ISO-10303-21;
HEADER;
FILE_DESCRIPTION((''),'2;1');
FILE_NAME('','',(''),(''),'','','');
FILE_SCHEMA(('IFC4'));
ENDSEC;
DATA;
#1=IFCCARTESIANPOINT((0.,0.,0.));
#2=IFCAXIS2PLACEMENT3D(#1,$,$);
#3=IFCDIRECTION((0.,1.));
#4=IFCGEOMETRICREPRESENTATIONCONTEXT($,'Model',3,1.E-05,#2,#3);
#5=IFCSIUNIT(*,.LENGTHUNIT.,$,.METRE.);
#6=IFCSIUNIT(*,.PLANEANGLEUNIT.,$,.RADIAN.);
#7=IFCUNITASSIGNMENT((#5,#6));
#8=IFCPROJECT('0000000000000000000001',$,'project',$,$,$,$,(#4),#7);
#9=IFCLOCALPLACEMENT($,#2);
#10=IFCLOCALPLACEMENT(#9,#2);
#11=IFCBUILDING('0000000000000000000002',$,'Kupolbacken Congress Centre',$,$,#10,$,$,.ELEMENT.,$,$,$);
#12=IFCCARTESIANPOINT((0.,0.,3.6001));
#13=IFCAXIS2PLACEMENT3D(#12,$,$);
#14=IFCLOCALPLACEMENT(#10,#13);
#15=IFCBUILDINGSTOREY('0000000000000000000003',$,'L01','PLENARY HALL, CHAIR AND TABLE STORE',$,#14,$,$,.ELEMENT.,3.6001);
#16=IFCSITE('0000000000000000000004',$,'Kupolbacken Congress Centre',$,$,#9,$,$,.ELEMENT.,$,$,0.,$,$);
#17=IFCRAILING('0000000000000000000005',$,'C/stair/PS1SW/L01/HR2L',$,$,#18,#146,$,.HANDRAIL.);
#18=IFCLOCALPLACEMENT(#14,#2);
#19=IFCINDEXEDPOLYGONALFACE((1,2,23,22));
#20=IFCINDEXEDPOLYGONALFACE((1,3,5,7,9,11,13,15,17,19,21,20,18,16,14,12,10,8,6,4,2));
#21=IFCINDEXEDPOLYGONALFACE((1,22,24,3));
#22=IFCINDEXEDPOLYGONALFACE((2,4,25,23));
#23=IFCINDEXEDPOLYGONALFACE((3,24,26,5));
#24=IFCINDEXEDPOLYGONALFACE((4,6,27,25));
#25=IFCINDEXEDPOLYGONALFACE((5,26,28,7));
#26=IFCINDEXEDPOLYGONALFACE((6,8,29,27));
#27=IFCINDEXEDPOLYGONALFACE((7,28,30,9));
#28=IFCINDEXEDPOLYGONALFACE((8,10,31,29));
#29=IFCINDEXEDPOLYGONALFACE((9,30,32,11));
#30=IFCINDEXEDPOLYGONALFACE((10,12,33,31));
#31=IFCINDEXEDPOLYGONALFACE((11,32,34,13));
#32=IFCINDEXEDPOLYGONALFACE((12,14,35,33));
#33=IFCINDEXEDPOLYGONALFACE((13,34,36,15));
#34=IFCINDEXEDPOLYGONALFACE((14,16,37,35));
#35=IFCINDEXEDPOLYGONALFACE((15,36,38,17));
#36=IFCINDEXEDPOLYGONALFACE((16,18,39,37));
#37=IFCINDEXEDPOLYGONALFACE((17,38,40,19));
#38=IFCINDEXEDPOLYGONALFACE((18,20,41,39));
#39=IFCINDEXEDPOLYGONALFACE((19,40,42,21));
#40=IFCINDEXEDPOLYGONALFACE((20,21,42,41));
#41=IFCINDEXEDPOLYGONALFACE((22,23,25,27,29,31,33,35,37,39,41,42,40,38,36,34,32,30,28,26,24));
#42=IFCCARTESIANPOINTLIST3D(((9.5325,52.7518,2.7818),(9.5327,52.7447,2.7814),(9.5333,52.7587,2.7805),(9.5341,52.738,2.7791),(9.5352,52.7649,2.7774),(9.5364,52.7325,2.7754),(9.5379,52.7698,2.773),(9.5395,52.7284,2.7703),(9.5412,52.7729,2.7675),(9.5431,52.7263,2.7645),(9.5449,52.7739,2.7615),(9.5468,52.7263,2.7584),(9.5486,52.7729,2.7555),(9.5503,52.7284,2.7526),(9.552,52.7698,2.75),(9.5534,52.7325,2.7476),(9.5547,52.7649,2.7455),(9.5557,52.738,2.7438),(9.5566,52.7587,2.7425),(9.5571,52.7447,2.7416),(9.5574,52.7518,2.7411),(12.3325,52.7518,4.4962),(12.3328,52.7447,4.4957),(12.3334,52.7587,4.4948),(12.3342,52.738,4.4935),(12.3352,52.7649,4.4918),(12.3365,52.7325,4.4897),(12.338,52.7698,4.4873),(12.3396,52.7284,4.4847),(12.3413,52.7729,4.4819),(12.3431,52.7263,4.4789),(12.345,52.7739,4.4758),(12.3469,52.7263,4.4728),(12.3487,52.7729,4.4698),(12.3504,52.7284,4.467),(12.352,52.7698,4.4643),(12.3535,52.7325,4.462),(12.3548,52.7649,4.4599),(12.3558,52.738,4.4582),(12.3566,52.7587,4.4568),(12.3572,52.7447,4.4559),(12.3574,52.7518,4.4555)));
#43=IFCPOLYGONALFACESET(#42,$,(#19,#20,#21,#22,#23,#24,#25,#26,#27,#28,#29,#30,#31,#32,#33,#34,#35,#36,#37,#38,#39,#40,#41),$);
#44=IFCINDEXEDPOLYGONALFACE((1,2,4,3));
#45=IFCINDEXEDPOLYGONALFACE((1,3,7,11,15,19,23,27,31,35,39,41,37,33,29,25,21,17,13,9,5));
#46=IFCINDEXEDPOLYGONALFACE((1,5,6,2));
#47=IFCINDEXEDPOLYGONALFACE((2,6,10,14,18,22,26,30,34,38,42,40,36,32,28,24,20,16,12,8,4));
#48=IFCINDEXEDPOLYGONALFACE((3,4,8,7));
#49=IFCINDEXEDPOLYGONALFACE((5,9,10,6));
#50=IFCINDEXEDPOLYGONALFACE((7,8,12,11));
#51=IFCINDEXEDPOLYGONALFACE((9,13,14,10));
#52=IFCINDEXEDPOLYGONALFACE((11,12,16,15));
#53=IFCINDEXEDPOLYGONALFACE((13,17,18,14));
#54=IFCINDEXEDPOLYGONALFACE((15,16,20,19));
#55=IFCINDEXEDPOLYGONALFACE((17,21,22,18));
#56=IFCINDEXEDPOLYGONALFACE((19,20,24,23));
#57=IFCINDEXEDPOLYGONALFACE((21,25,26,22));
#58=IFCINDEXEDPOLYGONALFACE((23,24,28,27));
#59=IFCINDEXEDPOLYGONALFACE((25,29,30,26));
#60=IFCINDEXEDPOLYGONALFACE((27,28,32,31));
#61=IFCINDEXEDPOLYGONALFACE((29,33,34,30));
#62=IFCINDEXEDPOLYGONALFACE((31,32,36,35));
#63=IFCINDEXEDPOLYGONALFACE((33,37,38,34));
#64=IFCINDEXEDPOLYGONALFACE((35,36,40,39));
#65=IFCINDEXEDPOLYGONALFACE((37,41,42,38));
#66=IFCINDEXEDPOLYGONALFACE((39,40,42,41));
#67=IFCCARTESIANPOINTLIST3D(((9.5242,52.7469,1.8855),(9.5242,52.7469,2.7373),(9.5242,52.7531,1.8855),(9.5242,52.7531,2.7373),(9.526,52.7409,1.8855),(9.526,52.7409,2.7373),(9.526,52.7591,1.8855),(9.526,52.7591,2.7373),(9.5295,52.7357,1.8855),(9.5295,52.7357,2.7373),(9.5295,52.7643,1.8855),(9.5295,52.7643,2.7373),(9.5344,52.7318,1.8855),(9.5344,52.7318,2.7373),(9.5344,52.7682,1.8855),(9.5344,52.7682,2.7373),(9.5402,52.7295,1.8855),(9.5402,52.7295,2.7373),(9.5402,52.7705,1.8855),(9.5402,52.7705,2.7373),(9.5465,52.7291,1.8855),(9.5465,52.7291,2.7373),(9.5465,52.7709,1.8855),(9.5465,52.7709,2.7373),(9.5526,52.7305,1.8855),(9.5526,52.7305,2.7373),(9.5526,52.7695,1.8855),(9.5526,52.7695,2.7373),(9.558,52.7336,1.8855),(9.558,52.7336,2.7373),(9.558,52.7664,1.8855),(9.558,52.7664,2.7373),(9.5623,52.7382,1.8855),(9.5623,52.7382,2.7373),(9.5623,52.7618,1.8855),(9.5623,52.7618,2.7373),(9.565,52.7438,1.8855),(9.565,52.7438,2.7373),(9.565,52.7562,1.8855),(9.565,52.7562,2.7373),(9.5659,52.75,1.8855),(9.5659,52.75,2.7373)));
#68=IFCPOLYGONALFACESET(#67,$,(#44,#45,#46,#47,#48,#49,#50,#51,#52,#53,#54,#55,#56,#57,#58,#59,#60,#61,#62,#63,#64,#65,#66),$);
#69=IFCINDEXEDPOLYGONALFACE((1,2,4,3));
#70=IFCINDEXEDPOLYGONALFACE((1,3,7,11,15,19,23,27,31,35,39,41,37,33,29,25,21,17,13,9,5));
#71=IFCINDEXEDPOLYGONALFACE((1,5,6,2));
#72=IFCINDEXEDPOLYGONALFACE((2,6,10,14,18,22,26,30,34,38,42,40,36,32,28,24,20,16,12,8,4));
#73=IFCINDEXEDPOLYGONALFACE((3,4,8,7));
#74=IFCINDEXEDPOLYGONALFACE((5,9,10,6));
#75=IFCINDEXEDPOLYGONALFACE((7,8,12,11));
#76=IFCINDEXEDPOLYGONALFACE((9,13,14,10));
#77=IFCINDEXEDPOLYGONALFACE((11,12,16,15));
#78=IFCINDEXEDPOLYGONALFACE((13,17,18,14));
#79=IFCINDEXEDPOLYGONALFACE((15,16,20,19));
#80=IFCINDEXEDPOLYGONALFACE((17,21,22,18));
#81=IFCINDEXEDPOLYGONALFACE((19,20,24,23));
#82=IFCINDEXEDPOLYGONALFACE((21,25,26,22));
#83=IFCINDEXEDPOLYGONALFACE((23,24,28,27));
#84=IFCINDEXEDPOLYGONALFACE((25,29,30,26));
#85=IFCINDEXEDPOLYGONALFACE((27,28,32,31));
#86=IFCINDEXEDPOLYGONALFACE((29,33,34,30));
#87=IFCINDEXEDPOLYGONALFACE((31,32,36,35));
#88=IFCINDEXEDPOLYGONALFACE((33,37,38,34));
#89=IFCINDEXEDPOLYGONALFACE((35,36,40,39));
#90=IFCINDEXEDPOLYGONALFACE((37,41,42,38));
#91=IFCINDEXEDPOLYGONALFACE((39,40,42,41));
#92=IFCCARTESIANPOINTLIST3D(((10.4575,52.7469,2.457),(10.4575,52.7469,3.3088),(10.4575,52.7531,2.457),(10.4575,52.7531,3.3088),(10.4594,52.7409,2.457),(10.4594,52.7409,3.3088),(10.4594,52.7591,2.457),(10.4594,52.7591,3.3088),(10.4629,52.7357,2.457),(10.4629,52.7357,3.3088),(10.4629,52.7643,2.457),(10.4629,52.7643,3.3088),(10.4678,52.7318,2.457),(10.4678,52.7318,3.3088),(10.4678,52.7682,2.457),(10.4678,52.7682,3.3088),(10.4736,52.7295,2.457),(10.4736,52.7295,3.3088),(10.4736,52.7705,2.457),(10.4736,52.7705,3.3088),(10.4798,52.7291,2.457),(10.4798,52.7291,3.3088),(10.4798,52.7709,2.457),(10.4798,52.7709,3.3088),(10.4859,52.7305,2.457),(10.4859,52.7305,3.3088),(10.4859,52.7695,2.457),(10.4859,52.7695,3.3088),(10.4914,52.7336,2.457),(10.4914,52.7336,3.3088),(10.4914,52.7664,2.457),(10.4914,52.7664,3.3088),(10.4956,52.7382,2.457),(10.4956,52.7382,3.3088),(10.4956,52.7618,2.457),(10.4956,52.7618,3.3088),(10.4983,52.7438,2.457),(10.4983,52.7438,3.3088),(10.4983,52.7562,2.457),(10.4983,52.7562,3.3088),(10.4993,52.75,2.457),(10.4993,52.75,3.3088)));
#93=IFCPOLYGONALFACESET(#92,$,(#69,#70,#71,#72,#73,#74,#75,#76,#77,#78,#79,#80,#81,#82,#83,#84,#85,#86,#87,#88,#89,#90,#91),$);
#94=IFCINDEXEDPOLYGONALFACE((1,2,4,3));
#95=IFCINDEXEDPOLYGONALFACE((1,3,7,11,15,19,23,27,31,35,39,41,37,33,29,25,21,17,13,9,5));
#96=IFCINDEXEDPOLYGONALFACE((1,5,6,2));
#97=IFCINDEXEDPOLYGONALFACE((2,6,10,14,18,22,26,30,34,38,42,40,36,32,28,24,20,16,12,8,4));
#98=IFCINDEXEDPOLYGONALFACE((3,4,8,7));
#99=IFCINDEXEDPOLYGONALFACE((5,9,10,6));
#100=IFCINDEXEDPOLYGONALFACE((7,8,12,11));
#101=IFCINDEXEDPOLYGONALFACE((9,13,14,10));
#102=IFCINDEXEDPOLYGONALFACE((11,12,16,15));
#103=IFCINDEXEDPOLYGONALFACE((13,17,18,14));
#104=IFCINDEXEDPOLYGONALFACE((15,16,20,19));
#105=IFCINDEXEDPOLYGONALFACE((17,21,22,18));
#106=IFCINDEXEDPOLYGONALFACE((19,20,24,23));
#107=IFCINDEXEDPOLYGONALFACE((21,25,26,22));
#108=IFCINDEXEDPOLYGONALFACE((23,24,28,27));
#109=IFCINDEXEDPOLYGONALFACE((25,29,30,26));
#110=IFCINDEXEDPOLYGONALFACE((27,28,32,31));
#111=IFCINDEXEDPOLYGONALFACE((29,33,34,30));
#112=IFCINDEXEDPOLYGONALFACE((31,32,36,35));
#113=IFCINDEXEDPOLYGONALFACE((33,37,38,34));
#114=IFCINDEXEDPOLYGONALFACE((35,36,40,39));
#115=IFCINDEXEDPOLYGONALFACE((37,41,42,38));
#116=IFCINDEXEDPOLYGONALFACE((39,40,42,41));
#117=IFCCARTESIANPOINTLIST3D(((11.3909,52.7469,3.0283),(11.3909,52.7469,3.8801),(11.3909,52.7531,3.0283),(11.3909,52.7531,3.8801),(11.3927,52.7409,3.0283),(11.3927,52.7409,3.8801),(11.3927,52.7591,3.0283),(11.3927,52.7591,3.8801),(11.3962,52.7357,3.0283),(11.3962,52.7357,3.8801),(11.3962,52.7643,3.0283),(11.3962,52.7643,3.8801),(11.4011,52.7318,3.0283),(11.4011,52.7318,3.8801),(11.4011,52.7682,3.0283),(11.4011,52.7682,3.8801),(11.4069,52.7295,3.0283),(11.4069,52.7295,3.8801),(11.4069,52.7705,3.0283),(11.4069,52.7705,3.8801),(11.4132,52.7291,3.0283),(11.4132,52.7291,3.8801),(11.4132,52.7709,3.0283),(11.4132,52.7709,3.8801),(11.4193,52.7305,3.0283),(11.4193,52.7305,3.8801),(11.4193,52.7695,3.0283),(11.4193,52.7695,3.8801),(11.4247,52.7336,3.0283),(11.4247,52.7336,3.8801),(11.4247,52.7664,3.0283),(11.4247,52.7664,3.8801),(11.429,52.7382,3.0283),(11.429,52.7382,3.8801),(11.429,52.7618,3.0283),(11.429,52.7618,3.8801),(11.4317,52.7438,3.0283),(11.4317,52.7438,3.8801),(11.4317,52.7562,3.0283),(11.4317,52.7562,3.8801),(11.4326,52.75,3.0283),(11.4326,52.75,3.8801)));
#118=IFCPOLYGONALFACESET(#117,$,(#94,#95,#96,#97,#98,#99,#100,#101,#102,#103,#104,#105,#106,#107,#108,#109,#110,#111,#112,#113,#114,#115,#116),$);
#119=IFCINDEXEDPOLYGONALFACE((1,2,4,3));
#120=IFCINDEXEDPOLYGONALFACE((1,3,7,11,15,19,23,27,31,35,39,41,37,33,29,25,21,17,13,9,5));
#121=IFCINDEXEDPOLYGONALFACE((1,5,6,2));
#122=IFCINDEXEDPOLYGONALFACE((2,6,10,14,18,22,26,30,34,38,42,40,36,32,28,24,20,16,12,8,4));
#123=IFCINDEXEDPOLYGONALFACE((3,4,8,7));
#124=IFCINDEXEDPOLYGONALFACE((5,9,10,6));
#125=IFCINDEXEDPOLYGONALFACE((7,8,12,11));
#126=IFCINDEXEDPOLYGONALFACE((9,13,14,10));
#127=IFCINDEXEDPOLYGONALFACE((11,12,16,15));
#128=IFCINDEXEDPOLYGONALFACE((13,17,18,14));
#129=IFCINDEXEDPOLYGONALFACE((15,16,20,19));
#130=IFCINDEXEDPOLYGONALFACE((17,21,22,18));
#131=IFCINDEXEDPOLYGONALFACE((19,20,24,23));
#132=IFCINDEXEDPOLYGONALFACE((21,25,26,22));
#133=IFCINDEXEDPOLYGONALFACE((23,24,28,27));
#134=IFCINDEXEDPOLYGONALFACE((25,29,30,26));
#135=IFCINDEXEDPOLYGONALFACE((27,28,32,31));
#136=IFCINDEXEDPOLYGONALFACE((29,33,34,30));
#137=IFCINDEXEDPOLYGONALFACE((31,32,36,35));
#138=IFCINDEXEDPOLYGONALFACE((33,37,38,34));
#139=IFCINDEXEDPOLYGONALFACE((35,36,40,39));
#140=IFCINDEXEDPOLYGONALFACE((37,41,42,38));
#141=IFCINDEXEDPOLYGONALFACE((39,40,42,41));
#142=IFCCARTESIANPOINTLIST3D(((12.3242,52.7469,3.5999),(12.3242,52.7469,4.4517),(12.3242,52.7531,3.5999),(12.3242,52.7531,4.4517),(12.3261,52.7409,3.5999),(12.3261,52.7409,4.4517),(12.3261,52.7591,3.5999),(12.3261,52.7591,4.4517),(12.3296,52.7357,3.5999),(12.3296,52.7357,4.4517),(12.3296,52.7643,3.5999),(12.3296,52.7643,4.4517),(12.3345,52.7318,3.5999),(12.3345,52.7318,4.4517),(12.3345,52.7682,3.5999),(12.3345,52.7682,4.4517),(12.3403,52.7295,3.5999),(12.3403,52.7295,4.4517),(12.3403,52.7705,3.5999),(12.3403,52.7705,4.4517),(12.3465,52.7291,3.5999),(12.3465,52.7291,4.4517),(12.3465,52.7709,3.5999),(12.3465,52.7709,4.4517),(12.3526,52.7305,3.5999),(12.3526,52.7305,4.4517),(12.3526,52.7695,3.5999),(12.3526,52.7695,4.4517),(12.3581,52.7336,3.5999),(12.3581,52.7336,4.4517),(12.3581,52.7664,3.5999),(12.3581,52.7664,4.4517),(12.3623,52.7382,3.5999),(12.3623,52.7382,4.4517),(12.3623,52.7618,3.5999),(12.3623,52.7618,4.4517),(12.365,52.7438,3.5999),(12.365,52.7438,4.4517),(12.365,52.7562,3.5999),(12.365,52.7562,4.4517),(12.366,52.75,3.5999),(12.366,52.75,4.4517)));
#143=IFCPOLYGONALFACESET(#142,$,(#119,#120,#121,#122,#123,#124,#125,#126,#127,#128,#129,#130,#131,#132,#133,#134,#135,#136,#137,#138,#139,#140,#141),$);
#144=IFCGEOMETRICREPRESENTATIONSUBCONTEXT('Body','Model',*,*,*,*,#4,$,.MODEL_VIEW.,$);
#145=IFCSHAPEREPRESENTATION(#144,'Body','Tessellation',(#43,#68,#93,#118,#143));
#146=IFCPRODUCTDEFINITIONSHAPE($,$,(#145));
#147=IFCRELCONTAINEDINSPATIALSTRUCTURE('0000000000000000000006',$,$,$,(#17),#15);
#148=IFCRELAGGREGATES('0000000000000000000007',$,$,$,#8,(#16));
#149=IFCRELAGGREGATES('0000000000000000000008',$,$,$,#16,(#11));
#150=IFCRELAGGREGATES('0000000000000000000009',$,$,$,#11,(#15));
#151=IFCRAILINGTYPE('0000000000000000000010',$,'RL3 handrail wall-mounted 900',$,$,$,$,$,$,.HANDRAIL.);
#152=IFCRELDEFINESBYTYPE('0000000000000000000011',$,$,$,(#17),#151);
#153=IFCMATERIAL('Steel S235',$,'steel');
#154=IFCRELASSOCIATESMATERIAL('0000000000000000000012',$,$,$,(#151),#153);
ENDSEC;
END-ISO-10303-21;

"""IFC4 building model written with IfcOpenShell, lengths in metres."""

from ifc_helpers import new_model, si_unit, direction, frame, origin, origin_2d, place, context, subcontext, project, spatial, circle, extrude, material, type_object, element, save


model = new_model("IFC4")

# Units and contexts
model_context = context("Model", 3, precision=1e-05, world=origin(), true_north=direction((0.0, 1.0)))
body_context = subcontext(model_context, "Body", "Model", "MODEL_VIEW")
ifc_project = project(units=[si_unit("LENGTHUNIT", "METRE"), si_unit("PLANEANGLEUNIT", "RADIAN")], contexts=[model_context])

# Site, building, storey
site_placement = place(None, origin())
site = spatial("IfcSite", under=ifc_project, at=site_placement, Name="Kupolbacken Congress Centre", CompositionType="ELEMENT", RefElevation=0.0)
building_placement = place(site_placement, origin())
building = spatial("IfcBuilding", under=site, at=building_placement, Name="Kupolbacken Congress Centre", CompositionType="ELEMENT")
storey_placement = place(building_placement, frame((0.0, 0.0, 3.6001)))
storey = spatial("IfcBuildingStorey", under=building, at=storey_placement, Name="L01", Description="PLENARY HALL, CHAIR AND TABLE STORE", CompositionType="ELEMENT", Elevation=3.6001)

# Railing
ifc_material_1 = material(Name="Steel S235", Category="steel")
railing_type = type_object("IfcRailingType", Name="RL3 handrail wall-mounted 900", PredefinedType="HANDRAIL", material=ifc_material_1)
for number, where, name in (
    (1, (9.5449, 52.75, 1.8855), "C/stair/PS1SW/L01/HR2L"),
):
    element("IfcRailing", number, at=place(storey_placement, frame(where)), inside=storey, type_object=railing_type, Name=name, PredefinedType="HANDRAIL", context=body_context, shape_type="SweptSolid", body=[
        extrude(circle(Radius=0.0239, at=origin_2d()), frame((0.0, 0.0, 0.876), z_axis=(0.852846, 0.0, 0.522163), x_axis=(0.0, 1.0, 0.0)), (0.0, 0.0, 1.0), 3.2832),
        extrude(circle(Radius=0.021, at=origin_2d()), origin(), (0.0, 0.0, 1.0), 0.8518),
        extrude(circle(Radius=0.021, at=origin_2d()), frame((0.9333, 0.0, 0.5715)), (0.0, 0.0, 1.0), 0.8518),
        extrude(circle(Radius=0.021, at=origin_2d()), frame((1.8667, 0.0, 1.1428)), (0.0, 0.0, 1.0), 0.8518),
        extrude(circle(Radius=0.021, at=origin_2d()), frame((2.8, 0.0, 1.7144)), (0.0, 0.0, 1.0), 0.8518),
    ])

save(model, "model.ifc")
